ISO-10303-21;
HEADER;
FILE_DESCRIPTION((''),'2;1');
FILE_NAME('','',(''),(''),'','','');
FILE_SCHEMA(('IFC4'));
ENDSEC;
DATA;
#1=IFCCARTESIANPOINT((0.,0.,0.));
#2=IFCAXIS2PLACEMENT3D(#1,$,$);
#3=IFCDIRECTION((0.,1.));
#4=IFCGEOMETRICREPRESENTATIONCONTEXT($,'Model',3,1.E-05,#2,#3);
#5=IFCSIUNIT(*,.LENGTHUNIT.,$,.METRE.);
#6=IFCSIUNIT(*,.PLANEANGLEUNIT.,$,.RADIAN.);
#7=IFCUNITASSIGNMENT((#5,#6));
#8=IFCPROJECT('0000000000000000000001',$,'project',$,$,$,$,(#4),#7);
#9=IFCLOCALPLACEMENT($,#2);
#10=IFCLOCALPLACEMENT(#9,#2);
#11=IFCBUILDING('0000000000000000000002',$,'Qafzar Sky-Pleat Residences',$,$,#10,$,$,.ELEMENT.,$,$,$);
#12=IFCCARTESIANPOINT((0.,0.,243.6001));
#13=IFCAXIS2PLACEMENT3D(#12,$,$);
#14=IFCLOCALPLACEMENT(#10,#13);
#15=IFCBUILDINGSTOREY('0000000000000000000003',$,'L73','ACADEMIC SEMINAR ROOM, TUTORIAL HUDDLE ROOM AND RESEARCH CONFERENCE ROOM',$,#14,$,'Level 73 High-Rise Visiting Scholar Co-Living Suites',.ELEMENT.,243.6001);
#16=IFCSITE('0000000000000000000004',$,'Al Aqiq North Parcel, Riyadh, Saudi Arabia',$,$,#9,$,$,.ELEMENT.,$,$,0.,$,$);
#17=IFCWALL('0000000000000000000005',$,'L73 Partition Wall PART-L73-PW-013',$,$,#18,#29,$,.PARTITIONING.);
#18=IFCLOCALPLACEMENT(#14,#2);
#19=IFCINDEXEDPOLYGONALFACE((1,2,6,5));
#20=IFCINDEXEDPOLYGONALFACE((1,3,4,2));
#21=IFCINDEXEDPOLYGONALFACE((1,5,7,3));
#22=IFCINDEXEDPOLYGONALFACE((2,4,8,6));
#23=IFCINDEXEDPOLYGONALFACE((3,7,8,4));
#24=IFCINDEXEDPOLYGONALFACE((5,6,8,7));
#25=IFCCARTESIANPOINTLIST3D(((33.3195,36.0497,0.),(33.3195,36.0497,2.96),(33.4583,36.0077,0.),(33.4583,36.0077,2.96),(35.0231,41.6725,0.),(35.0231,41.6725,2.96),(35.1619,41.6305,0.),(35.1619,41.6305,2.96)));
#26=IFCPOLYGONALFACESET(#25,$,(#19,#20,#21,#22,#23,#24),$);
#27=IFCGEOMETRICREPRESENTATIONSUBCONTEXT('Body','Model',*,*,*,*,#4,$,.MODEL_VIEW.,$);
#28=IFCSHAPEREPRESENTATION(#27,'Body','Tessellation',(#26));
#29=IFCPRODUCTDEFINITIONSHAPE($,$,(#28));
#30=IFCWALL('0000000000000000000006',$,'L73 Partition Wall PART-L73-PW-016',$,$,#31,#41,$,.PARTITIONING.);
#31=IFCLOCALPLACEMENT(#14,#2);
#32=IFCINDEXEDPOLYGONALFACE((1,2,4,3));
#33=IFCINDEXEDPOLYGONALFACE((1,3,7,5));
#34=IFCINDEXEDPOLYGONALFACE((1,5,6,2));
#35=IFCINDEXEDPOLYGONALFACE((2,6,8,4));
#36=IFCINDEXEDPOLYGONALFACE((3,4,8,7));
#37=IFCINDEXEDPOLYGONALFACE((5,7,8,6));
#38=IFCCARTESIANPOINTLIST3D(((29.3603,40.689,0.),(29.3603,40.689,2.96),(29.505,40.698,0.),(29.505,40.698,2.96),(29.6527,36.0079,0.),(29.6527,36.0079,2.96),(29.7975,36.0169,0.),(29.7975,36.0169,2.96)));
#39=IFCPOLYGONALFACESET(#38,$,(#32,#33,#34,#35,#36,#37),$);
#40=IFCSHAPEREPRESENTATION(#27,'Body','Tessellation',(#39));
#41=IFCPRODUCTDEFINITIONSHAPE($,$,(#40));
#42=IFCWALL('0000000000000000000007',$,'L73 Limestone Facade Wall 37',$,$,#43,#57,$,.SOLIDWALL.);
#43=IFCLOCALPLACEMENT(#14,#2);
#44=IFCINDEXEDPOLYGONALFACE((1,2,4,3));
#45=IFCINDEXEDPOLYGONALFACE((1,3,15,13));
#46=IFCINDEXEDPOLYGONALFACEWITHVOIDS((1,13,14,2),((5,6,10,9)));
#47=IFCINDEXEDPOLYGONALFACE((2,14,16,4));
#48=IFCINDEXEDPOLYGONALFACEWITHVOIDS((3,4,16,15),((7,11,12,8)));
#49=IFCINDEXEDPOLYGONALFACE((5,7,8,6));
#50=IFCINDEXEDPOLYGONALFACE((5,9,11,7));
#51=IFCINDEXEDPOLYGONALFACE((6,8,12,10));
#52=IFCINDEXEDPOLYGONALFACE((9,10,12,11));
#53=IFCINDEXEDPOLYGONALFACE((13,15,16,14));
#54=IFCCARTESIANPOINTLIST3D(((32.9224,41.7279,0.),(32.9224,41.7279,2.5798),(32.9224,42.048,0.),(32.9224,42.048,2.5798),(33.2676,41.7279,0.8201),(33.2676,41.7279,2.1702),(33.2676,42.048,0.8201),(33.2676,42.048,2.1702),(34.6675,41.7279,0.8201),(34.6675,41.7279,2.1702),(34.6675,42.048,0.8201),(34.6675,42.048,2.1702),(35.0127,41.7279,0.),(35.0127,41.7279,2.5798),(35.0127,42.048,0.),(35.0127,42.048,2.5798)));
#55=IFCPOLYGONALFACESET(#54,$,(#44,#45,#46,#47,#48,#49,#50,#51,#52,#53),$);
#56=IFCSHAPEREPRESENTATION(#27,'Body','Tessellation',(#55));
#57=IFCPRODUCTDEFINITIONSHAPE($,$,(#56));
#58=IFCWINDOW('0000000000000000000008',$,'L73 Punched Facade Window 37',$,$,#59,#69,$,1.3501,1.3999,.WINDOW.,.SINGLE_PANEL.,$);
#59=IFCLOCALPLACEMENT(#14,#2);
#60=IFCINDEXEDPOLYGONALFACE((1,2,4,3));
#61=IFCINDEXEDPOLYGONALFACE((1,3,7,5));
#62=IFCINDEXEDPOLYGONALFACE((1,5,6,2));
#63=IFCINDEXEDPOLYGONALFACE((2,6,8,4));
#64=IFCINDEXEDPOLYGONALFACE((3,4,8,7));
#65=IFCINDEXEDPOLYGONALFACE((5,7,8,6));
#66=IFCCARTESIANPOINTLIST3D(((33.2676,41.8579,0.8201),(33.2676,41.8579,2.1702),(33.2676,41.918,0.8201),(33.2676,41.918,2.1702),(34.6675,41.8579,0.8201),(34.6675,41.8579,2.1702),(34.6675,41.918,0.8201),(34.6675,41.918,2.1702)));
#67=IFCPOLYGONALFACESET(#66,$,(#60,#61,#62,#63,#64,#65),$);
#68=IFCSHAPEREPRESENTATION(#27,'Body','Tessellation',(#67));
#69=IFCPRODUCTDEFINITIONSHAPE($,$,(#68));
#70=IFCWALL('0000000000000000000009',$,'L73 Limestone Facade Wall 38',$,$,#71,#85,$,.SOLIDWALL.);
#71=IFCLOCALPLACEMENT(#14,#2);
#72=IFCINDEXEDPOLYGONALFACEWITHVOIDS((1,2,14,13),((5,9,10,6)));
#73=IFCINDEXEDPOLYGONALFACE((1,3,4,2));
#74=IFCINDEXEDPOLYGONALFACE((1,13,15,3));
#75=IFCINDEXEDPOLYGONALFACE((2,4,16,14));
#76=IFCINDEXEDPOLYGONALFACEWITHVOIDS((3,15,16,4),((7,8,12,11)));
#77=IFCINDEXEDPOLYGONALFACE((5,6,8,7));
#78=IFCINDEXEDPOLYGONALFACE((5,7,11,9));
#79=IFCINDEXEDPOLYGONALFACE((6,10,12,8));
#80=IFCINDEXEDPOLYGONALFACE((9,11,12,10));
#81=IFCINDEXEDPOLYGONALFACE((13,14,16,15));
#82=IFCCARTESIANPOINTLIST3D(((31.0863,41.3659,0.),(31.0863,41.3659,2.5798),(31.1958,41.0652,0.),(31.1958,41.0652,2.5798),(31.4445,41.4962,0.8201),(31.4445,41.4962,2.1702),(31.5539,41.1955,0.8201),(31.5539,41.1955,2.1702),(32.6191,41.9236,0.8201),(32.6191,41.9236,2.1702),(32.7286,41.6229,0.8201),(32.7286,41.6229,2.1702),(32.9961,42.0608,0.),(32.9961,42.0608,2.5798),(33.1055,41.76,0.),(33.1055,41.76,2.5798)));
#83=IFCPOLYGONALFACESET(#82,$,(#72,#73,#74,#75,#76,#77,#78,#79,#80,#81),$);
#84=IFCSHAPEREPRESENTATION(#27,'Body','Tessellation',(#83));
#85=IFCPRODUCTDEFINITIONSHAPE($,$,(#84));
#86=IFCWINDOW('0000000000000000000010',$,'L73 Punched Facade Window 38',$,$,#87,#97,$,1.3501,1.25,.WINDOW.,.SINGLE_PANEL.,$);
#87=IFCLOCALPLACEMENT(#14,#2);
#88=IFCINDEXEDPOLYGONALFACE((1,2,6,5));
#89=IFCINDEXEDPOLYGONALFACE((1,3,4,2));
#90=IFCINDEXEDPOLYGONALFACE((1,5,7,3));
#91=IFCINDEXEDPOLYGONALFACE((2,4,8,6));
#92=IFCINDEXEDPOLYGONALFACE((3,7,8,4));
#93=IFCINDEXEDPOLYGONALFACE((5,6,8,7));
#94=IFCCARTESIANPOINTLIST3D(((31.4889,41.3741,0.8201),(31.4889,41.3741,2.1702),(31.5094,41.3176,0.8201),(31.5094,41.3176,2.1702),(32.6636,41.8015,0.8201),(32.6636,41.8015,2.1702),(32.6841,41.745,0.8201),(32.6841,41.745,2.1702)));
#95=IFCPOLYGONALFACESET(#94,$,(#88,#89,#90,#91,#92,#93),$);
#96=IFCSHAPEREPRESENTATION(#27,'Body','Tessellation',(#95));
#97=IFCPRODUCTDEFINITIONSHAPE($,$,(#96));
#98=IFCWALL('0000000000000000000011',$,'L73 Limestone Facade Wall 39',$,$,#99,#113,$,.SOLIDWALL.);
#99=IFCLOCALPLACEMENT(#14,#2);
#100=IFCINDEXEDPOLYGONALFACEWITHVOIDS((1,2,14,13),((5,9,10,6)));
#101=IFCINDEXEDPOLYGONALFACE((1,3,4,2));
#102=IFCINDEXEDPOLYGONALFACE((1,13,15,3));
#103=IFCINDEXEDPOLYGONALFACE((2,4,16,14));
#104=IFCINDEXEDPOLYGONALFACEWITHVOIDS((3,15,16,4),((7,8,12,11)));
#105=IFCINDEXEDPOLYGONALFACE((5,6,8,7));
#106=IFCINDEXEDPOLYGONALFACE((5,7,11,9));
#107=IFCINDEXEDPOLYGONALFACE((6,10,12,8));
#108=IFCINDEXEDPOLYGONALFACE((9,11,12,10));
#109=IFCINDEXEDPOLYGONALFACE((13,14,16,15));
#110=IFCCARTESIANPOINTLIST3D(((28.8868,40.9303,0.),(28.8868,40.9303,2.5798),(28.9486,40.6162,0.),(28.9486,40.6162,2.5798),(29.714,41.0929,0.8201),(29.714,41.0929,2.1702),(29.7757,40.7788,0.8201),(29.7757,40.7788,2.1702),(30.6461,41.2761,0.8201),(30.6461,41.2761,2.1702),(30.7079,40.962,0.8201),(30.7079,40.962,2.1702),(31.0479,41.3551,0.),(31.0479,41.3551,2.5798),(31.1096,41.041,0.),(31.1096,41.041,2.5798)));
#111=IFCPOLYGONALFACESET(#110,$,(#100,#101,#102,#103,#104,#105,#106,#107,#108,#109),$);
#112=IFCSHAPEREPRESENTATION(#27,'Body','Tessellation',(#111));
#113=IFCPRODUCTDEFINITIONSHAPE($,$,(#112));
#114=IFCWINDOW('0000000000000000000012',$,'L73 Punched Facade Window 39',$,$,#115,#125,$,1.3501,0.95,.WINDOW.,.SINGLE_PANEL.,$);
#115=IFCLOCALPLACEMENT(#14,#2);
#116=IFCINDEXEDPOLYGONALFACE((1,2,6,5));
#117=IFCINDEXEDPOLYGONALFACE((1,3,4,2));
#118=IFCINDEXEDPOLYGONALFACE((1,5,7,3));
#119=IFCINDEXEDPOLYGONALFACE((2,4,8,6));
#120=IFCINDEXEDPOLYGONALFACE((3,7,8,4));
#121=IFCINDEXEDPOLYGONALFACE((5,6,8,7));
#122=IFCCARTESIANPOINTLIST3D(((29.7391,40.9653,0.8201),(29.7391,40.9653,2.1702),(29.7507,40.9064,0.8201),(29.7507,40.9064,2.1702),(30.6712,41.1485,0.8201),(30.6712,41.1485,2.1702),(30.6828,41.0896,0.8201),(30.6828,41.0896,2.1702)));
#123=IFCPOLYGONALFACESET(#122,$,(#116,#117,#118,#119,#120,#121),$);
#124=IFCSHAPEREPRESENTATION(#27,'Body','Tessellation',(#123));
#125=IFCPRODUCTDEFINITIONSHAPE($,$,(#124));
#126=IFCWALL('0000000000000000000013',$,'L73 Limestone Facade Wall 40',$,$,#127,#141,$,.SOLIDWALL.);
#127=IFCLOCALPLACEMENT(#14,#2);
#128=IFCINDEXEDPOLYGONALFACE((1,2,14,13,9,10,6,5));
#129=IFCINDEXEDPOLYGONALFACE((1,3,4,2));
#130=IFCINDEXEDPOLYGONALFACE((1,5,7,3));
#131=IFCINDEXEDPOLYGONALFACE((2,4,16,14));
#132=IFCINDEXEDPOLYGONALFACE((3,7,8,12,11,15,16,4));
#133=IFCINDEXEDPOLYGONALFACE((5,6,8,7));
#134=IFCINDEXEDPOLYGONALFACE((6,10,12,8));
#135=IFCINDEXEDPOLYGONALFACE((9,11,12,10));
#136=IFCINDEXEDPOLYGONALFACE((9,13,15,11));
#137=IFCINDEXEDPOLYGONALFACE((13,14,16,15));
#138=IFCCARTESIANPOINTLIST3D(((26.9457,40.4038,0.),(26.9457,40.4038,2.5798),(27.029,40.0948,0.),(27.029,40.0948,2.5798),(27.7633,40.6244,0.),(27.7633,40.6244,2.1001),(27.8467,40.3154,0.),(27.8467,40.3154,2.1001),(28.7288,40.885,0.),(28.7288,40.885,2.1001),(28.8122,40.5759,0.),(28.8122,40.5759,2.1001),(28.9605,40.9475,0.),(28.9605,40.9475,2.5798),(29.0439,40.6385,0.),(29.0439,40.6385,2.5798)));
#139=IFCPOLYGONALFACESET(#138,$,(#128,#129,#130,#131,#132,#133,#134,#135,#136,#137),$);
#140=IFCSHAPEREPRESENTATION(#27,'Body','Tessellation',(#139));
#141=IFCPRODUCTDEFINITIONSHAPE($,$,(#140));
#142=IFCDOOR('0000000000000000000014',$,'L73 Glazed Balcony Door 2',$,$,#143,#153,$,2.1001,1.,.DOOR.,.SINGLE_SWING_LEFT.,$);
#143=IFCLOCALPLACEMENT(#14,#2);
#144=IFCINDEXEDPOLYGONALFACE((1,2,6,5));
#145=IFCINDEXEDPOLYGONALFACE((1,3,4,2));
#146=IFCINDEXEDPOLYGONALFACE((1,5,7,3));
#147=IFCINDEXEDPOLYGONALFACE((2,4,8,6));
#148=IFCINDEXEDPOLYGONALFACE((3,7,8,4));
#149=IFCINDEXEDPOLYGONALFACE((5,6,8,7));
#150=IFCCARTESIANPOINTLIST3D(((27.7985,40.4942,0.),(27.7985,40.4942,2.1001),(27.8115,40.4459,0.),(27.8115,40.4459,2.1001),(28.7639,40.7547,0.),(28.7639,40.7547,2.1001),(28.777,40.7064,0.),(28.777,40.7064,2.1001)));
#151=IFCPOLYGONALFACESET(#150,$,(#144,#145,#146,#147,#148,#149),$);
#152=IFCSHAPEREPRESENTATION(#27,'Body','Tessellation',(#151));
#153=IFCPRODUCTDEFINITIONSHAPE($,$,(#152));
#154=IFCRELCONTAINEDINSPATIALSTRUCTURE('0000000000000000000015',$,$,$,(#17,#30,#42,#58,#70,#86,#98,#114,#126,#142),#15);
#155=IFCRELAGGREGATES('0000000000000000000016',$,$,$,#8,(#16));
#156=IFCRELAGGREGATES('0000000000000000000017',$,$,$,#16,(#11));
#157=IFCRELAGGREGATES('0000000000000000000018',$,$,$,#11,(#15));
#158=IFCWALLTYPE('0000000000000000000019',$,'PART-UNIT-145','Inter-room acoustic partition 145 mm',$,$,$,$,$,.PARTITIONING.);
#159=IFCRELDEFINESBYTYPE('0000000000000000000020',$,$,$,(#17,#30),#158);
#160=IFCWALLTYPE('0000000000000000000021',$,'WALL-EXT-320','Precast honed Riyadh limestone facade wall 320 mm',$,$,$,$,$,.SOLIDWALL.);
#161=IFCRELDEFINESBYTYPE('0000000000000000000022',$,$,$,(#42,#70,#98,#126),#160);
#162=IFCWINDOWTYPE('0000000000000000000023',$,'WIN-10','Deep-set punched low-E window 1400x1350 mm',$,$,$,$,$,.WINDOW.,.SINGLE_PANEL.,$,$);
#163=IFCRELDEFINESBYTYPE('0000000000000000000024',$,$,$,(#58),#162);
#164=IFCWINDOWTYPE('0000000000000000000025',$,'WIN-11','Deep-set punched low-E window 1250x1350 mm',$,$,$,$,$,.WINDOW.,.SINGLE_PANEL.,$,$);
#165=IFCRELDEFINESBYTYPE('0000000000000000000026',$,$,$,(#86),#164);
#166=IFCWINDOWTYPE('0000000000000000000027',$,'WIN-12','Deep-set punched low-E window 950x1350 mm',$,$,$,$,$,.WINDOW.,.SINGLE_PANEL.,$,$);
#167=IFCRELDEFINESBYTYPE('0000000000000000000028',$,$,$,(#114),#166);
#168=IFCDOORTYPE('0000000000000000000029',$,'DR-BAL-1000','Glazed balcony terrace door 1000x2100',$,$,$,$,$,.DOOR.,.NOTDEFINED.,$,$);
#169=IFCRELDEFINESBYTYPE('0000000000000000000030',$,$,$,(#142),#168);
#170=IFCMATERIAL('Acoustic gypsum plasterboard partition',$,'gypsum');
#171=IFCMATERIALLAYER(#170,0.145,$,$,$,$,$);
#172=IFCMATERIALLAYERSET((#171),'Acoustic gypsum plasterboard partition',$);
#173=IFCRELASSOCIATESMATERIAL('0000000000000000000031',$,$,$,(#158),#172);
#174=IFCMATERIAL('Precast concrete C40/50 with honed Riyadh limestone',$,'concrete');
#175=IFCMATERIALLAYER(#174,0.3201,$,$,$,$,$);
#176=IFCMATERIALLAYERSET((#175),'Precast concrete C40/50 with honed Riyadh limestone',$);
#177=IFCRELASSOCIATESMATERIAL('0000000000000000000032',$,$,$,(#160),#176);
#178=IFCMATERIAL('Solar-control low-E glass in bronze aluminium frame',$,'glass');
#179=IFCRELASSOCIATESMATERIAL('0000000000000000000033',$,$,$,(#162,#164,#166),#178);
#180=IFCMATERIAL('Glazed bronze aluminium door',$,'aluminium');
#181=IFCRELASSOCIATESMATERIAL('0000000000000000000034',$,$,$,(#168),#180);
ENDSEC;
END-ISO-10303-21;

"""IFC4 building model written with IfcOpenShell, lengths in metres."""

from ifc_helpers import new_model, si_unit, direction, frame, frame_2d, origin, place, context, subcontext, project, spatial, rectangle, extrude, source, transform, mapped, material, layer, layer_set, type_object, element, fill, save


model = new_model("IFC4")

# Units and contexts
model_context = context("Model", 3, precision=1e-05, world=origin(), true_north=direction((0.0, 1.0)))
body_context = subcontext(model_context, "Body", "Model", "MODEL_VIEW")
ifc_project = project(units=[si_unit("LENGTHUNIT", "METRE"), si_unit("PLANEANGLEUNIT", "RADIAN")], contexts=[model_context])

# Site, building, storey
site_placement = place(None, origin())
site = spatial("IfcSite", under=ifc_project, at=site_placement, Name="Al Aqiq North Parcel, Riyadh, Saudi Arabia", CompositionType="ELEMENT", RefElevation=0.0)
building_placement = place(site_placement, origin())
building = spatial("IfcBuilding", under=site, at=building_placement, Name="Qafzar Sky-Pleat Residences", CompositionType="ELEMENT")
storey_placement = place(building_placement, frame((0.0, 0.0, 243.6001)))
storey = spatial("IfcBuildingStorey", under=building, at=storey_placement, Name="L73", Description="ACADEMIC SEMINAR ROOM, TUTORIAL HUDDLE ROOM AND RESEARCH CONFERENCE ROOM", LongName="Level 73 High-Rise Visiting Scholar Co-Living Suites", CompositionType="ELEMENT", Elevation=243.6001)

# Shared definitions
ifc_material_1 = material(Name="Acoustic gypsum plasterboard partition", Category="gypsum")

# Walls
ifc_layer_1 = layer(ifc_material_1, 0.145)
ifc_layer_set_1 = layer_set([ifc_layer_1], Name="Acoustic gypsum plasterboard partition")
wall_type_1 = type_object("IfcWallType", Name="PART-UNIT-145", Description="Inter-room acoustic partition 145 mm", PredefinedType="PARTITIONING", material=ifc_layer_set_1)
wall_1_placement = place(storey_placement, frame((33.3889, 36.0288, 0.0), z_axis=(0.0, 0.0, 1.0), x_axis=(0.289966, 0.957037, 0.0)))
element("IfcWall", 1, at=wall_1_placement, inside=storey, type_object=wall_type_1, Name="L73 Partition Wall PART-L73-PW-013", PredefinedType="PARTITIONING", context=body_context, shape_type="SweptSolid", body=[
    extrude(rectangle(XDim=5.8752, YDim=0.145, at=frame_2d((2.9375, 0.0))), origin(), (0.0, 0.0, 1.0), 2.96),
])
wall_2_placement = place(storey_placement, frame((29.4326, 40.6936, 0.0), z_axis=(0.0, 0.0, 1.0), x_axis=(0.062359, -0.998054, 0.0)))
element("IfcWall", 2, at=wall_2_placement, inside=storey, type_object=wall_type_1, Name="L73 Partition Wall PART-L73-PW-016", PredefinedType="PARTITIONING", context=body_context, shape_type="SweptSolid", body=[
    extrude(rectangle(XDim=4.6902, YDim=0.145, at=frame_2d((2.3452, 0.0))), origin(), (0.0, 0.0, 1.0), 2.96),
])

# Walls, openings, windows
ifc_material_2 = material(Name="Precast concrete C40/50 with honed Riyadh limestone", Category="concrete")
ifc_layer_2 = layer(ifc_material_2, 0.3201)
ifc_layer_set_2 = layer_set([ifc_layer_2], Name="Precast concrete C40/50 with honed Riyadh limestone")
wall_type_2 = type_object("IfcWallType", Name="WALL-EXT-320", Description="Precast honed Riyadh limestone facade wall 320 mm", PredefinedType="SOLIDWALL", material=ifc_layer_set_2)
wall_3_placement = place(storey_placement, frame((35.0127, 41.8879, 0.0), z_axis=(0.0, 0.0, 1.0), x_axis=(-1.0, 0.0, 0.0)))
wall_3 = element("IfcWall", 3, at=wall_3_placement, inside=storey, type_object=wall_type_2, Name="L73 Limestone Facade Wall 37", PredefinedType="SOLIDWALL", context=body_context, shape_type="SweptSolid", body=[
    extrude(rectangle(XDim=2.0903, YDim=0.3201, at=frame_2d((1.0452, 0.0))), origin(), (0.0, 0.0, 1.0), 2.5798),
])
opening_1_placement = place(wall_3_placement, frame((0.3452, 0.0, 0.8201)))
opening_1 = element("IfcOpeningElement", 4, at=opening_1_placement, cuts=wall_3, PredefinedType="OPENING", context=body_context, shape_type="SweptSolid", body=[
    extrude(rectangle(XDim=1.3999, YDim=1.3501, at=frame_2d((0.7, 0.675))), frame((0.0, 0.1699, 0.0), z_axis=(0.0, -1.0, 0.0), x_axis=(1.0, 0.0, 0.0)), (0.0, 0.0, 1.0), 0.3401),
])
ifc_material_3 = material(Name="Solar-control low-E glass in bronze aluminium frame", Category="glass")
window_type_1 = type_object("IfcWindowType", Name="WIN-10", Description="Deep-set punched low-E window 1400x1350 mm", PartitioningType="SINGLE_PANEL", PredefinedType="WINDOW", material=ifc_material_3)
shared_shape_1 = source(origin(), body_context, "Body", "SweptSolid", [
    extrude(rectangle(XDim=1.3999, YDim=1.3501, at=frame_2d((0.7, 0.675))), frame((0.0, 0.03, 0.0), z_axis=(0.0, -1.0, 0.0), x_axis=(1.0, 0.0, 0.0)), (0.0, 0.0, 1.0), 0.0601),
])
window_1_placement = place(opening_1_placement, origin())
window_1 = element("IfcWindow", 5, at=window_1_placement, inside=storey, type_object=window_type_1, Name="L73 Punched Facade Window 37", OverallHeight=1.3501, OverallWidth=1.3999, PartitioningType="SINGLE_PANEL", PredefinedType="WINDOW", context=body_context, shape_type="MappedRepresentation", body=[
    mapped(shared_shape_1, transform((0.0, 0.0, 0.0), x_axis=(1.0, 0.0, 0.0), y_axis=(0.0, 1.0, 0.0), z_axis=(0.0, 0.0, 1.0), scale=1.0)),
])
fill(opening_1, window_1)
wall_4_placement = place(storey_placement, frame((33.0508, 41.9104, 0.0), z_axis=(0.0, 0.0, 1.0), x_axis=(-0.93973, -0.341917, 0.0)))
wall_4 = element("IfcWall", 6, at=wall_4_placement, inside=storey, type_object=wall_type_2, Name="L73 Limestone Facade Wall 38", PredefinedType="SOLIDWALL", context=body_context, shape_type="SweptSolid", body=[
    extrude(rectangle(XDim=2.0322, YDim=0.3201, at=frame_2d((1.0161, 0.0))), origin(), (0.0, 0.0, 1.0), 2.5798),
])
opening_2_placement = place(wall_4_placement, frame((0.4011, 0.0, 0.8201)))
opening_2 = element("IfcOpeningElement", 7, at=opening_2_placement, cuts=wall_4, PredefinedType="OPENING", context=body_context, shape_type="SweptSolid", body=[
    extrude(rectangle(XDim=1.25, YDim=1.3501, at=frame_2d((0.625, 0.675))), frame((0.0, 0.1699, 0.0), z_axis=(0.0, -1.0, 0.0), x_axis=(1.0, 0.0, 0.0)), (0.0, 0.0, 1.0), 0.3401),
])
window_type_2 = type_object("IfcWindowType", Name="WIN-11", Description="Deep-set punched low-E window 1250x1350 mm", PartitioningType="SINGLE_PANEL", PredefinedType="WINDOW", material=ifc_material_3)
shared_shape_2 = source(origin(), body_context, "Body", "SweptSolid", [
    extrude(rectangle(XDim=1.25, YDim=1.3501, at=frame_2d((0.625, 0.675))), frame((0.0, 0.03, 0.0), z_axis=(0.0, -1.0, 0.0), x_axis=(1.0, 0.0, 0.0)), (0.0, 0.0, 1.0), 0.0601),
])
window_2_placement = place(opening_2_placement, origin())
window_2 = element("IfcWindow", 8, at=window_2_placement, inside=storey, type_object=window_type_2, Name="L73 Punched Facade Window 38", OverallHeight=1.3501, OverallWidth=1.25, PartitioningType="SINGLE_PANEL", PredefinedType="WINDOW", context=body_context, shape_type="MappedRepresentation", body=[
    mapped(shared_shape_2, transform((0.0, 0.0, 0.0), x_axis=(1.0, 0.0, 0.0), y_axis=(0.0, 1.0, 0.0), z_axis=(0.0, 0.0, 1.0), scale=1.0)),
])
fill(opening_2, window_2)
wall_5_placement = place(storey_placement, frame((31.0786, 41.198, 0.0), z_axis=(0.0, 0.0, 1.0), x_axis=(-0.981223, -0.192875, 0.0)))
wall_5 = element("IfcWall", 9, at=wall_5_placement, inside=storey, type_object=wall_type_2, Name="L73 Limestone Facade Wall 39", PredefinedType="SOLIDWALL", context=body_context, shape_type="SweptSolid", body=[
    extrude(rectangle(XDim=2.2024, YDim=0.3201, at=frame_2d((1.1011, 0.0))), origin(), (0.0, 0.0, 1.0), 2.5798),
])
opening_3_placement = place(wall_5_placement, frame((0.4092, 0.0, 0.8201)))
opening_3 = element("IfcOpeningElement", 10, at=opening_3_placement, cuts=wall_5, PredefinedType="OPENING", context=body_context, shape_type="SweptSolid", body=[
    extrude(rectangle(XDim=0.95, YDim=1.3501, at=frame_2d((0.4751, 0.675))), frame((0.0, 0.1699, 0.0), z_axis=(0.0, -1.0, 0.0), x_axis=(1.0, 0.0, 0.0)), (0.0, 0.0, 1.0), 0.3401),
])
window_type_3 = type_object("IfcWindowType", Name="WIN-12", Description="Deep-set punched low-E window 950x1350 mm", PartitioningType="SINGLE_PANEL", PredefinedType="WINDOW", material=ifc_material_3)
shared_shape_3 = source(origin(), body_context, "Body", "SweptSolid", [
    extrude(rectangle(XDim=0.95, YDim=1.3501, at=frame_2d((0.4751, 0.675))), frame((0.0, 0.03, 0.0), z_axis=(0.0, -1.0, 0.0), x_axis=(1.0, 0.0, 0.0)), (0.0, 0.0, 1.0), 0.0601),
])
window_3_placement = place(opening_3_placement, origin())
window_3 = element("IfcWindow", 11, at=window_3_placement, inside=storey, type_object=window_type_3, Name="L73 Punched Facade Window 39", OverallHeight=1.3501, OverallWidth=0.95, PartitioningType="SINGLE_PANEL", PredefinedType="WINDOW", context=body_context, shape_type="MappedRepresentation", body=[
    mapped(shared_shape_3, transform((0.0, 0.0, 0.0), x_axis=(1.0, 0.0, 0.0), y_axis=(0.0, 1.0, 0.0), z_axis=(0.0, 0.0, 1.0), scale=1.0)),
])
fill(opening_3, window_3)

# Wall, opening, door
wall_6_placement = place(storey_placement, frame((29.0022, 40.793, 0.0), z_axis=(0.0, 0.0, 1.0), x_axis=(-0.965468, -0.260523, 0.0)))
wall_6 = element("IfcWall", 12, at=wall_6_placement, inside=storey, type_object=wall_type_2, Name="L73 Limestone Facade Wall 40", PredefinedType="SOLIDWALL", context=body_context, shape_type="SweptSolid", body=[
    extrude(rectangle(XDim=2.0869, YDim=0.3201, at=frame_2d((1.0435, 0.0))), origin(), (0.0, 0.0, 1.0), 2.5798),
])
opening_4_placement = place(wall_6_placement, frame((0.24, 0.0, 0.0)))
opening_4 = element("IfcOpeningElement", 13, at=opening_4_placement, cuts=wall_6, PredefinedType="OPENING", context=body_context, shape_type="SweptSolid", body=[
    extrude(rectangle(XDim=1.0, YDim=2.1001, at=frame_2d((0.5, 1.05))), frame((0.0, 0.1699, 0.0), z_axis=(0.0, -1.0, 0.0), x_axis=(1.0, 0.0, 0.0)), (0.0, 0.0, 1.0), 0.3401),
])
ifc_material_4 = material(Name="Glazed bronze aluminium door", Category="aluminium")
door_type_1 = type_object("IfcDoorType", Name="DR-BAL-1000", Description="Glazed balcony terrace door 1000x2100", OperationType="NOTDEFINED", PredefinedType="DOOR", material=ifc_material_4)
shared_shape_4 = source(origin(), body_context, "Body", "SweptSolid", [
    extrude(rectangle(XDim=1.0, YDim=2.1001, at=frame_2d((0.5, 1.05))), frame((0.0, 0.0249, 0.0), z_axis=(0.0, -1.0, 0.0), x_axis=(1.0, 0.0, 0.0)), (0.0, 0.0, 1.0), 0.05),
])
door_1_placement = place(opening_4_placement, origin())
door_1 = element("IfcDoor", 14, at=door_1_placement, inside=storey, type_object=door_type_1, Name="L73 Glazed Balcony Door 2", OperationType="SINGLE_SWING_LEFT", OverallHeight=2.1001, OverallWidth=1.0, PredefinedType="DOOR", context=body_context, shape_type="MappedRepresentation", body=[
    mapped(shared_shape_4, transform((0.0, 0.0, 0.0), x_axis=(1.0, 0.0, 0.0), y_axis=(0.0, 1.0, 0.0), z_axis=(0.0, 0.0, 1.0), scale=1.0)),
])
fill(opening_4, door_1)

save(model, "model.ifc")
